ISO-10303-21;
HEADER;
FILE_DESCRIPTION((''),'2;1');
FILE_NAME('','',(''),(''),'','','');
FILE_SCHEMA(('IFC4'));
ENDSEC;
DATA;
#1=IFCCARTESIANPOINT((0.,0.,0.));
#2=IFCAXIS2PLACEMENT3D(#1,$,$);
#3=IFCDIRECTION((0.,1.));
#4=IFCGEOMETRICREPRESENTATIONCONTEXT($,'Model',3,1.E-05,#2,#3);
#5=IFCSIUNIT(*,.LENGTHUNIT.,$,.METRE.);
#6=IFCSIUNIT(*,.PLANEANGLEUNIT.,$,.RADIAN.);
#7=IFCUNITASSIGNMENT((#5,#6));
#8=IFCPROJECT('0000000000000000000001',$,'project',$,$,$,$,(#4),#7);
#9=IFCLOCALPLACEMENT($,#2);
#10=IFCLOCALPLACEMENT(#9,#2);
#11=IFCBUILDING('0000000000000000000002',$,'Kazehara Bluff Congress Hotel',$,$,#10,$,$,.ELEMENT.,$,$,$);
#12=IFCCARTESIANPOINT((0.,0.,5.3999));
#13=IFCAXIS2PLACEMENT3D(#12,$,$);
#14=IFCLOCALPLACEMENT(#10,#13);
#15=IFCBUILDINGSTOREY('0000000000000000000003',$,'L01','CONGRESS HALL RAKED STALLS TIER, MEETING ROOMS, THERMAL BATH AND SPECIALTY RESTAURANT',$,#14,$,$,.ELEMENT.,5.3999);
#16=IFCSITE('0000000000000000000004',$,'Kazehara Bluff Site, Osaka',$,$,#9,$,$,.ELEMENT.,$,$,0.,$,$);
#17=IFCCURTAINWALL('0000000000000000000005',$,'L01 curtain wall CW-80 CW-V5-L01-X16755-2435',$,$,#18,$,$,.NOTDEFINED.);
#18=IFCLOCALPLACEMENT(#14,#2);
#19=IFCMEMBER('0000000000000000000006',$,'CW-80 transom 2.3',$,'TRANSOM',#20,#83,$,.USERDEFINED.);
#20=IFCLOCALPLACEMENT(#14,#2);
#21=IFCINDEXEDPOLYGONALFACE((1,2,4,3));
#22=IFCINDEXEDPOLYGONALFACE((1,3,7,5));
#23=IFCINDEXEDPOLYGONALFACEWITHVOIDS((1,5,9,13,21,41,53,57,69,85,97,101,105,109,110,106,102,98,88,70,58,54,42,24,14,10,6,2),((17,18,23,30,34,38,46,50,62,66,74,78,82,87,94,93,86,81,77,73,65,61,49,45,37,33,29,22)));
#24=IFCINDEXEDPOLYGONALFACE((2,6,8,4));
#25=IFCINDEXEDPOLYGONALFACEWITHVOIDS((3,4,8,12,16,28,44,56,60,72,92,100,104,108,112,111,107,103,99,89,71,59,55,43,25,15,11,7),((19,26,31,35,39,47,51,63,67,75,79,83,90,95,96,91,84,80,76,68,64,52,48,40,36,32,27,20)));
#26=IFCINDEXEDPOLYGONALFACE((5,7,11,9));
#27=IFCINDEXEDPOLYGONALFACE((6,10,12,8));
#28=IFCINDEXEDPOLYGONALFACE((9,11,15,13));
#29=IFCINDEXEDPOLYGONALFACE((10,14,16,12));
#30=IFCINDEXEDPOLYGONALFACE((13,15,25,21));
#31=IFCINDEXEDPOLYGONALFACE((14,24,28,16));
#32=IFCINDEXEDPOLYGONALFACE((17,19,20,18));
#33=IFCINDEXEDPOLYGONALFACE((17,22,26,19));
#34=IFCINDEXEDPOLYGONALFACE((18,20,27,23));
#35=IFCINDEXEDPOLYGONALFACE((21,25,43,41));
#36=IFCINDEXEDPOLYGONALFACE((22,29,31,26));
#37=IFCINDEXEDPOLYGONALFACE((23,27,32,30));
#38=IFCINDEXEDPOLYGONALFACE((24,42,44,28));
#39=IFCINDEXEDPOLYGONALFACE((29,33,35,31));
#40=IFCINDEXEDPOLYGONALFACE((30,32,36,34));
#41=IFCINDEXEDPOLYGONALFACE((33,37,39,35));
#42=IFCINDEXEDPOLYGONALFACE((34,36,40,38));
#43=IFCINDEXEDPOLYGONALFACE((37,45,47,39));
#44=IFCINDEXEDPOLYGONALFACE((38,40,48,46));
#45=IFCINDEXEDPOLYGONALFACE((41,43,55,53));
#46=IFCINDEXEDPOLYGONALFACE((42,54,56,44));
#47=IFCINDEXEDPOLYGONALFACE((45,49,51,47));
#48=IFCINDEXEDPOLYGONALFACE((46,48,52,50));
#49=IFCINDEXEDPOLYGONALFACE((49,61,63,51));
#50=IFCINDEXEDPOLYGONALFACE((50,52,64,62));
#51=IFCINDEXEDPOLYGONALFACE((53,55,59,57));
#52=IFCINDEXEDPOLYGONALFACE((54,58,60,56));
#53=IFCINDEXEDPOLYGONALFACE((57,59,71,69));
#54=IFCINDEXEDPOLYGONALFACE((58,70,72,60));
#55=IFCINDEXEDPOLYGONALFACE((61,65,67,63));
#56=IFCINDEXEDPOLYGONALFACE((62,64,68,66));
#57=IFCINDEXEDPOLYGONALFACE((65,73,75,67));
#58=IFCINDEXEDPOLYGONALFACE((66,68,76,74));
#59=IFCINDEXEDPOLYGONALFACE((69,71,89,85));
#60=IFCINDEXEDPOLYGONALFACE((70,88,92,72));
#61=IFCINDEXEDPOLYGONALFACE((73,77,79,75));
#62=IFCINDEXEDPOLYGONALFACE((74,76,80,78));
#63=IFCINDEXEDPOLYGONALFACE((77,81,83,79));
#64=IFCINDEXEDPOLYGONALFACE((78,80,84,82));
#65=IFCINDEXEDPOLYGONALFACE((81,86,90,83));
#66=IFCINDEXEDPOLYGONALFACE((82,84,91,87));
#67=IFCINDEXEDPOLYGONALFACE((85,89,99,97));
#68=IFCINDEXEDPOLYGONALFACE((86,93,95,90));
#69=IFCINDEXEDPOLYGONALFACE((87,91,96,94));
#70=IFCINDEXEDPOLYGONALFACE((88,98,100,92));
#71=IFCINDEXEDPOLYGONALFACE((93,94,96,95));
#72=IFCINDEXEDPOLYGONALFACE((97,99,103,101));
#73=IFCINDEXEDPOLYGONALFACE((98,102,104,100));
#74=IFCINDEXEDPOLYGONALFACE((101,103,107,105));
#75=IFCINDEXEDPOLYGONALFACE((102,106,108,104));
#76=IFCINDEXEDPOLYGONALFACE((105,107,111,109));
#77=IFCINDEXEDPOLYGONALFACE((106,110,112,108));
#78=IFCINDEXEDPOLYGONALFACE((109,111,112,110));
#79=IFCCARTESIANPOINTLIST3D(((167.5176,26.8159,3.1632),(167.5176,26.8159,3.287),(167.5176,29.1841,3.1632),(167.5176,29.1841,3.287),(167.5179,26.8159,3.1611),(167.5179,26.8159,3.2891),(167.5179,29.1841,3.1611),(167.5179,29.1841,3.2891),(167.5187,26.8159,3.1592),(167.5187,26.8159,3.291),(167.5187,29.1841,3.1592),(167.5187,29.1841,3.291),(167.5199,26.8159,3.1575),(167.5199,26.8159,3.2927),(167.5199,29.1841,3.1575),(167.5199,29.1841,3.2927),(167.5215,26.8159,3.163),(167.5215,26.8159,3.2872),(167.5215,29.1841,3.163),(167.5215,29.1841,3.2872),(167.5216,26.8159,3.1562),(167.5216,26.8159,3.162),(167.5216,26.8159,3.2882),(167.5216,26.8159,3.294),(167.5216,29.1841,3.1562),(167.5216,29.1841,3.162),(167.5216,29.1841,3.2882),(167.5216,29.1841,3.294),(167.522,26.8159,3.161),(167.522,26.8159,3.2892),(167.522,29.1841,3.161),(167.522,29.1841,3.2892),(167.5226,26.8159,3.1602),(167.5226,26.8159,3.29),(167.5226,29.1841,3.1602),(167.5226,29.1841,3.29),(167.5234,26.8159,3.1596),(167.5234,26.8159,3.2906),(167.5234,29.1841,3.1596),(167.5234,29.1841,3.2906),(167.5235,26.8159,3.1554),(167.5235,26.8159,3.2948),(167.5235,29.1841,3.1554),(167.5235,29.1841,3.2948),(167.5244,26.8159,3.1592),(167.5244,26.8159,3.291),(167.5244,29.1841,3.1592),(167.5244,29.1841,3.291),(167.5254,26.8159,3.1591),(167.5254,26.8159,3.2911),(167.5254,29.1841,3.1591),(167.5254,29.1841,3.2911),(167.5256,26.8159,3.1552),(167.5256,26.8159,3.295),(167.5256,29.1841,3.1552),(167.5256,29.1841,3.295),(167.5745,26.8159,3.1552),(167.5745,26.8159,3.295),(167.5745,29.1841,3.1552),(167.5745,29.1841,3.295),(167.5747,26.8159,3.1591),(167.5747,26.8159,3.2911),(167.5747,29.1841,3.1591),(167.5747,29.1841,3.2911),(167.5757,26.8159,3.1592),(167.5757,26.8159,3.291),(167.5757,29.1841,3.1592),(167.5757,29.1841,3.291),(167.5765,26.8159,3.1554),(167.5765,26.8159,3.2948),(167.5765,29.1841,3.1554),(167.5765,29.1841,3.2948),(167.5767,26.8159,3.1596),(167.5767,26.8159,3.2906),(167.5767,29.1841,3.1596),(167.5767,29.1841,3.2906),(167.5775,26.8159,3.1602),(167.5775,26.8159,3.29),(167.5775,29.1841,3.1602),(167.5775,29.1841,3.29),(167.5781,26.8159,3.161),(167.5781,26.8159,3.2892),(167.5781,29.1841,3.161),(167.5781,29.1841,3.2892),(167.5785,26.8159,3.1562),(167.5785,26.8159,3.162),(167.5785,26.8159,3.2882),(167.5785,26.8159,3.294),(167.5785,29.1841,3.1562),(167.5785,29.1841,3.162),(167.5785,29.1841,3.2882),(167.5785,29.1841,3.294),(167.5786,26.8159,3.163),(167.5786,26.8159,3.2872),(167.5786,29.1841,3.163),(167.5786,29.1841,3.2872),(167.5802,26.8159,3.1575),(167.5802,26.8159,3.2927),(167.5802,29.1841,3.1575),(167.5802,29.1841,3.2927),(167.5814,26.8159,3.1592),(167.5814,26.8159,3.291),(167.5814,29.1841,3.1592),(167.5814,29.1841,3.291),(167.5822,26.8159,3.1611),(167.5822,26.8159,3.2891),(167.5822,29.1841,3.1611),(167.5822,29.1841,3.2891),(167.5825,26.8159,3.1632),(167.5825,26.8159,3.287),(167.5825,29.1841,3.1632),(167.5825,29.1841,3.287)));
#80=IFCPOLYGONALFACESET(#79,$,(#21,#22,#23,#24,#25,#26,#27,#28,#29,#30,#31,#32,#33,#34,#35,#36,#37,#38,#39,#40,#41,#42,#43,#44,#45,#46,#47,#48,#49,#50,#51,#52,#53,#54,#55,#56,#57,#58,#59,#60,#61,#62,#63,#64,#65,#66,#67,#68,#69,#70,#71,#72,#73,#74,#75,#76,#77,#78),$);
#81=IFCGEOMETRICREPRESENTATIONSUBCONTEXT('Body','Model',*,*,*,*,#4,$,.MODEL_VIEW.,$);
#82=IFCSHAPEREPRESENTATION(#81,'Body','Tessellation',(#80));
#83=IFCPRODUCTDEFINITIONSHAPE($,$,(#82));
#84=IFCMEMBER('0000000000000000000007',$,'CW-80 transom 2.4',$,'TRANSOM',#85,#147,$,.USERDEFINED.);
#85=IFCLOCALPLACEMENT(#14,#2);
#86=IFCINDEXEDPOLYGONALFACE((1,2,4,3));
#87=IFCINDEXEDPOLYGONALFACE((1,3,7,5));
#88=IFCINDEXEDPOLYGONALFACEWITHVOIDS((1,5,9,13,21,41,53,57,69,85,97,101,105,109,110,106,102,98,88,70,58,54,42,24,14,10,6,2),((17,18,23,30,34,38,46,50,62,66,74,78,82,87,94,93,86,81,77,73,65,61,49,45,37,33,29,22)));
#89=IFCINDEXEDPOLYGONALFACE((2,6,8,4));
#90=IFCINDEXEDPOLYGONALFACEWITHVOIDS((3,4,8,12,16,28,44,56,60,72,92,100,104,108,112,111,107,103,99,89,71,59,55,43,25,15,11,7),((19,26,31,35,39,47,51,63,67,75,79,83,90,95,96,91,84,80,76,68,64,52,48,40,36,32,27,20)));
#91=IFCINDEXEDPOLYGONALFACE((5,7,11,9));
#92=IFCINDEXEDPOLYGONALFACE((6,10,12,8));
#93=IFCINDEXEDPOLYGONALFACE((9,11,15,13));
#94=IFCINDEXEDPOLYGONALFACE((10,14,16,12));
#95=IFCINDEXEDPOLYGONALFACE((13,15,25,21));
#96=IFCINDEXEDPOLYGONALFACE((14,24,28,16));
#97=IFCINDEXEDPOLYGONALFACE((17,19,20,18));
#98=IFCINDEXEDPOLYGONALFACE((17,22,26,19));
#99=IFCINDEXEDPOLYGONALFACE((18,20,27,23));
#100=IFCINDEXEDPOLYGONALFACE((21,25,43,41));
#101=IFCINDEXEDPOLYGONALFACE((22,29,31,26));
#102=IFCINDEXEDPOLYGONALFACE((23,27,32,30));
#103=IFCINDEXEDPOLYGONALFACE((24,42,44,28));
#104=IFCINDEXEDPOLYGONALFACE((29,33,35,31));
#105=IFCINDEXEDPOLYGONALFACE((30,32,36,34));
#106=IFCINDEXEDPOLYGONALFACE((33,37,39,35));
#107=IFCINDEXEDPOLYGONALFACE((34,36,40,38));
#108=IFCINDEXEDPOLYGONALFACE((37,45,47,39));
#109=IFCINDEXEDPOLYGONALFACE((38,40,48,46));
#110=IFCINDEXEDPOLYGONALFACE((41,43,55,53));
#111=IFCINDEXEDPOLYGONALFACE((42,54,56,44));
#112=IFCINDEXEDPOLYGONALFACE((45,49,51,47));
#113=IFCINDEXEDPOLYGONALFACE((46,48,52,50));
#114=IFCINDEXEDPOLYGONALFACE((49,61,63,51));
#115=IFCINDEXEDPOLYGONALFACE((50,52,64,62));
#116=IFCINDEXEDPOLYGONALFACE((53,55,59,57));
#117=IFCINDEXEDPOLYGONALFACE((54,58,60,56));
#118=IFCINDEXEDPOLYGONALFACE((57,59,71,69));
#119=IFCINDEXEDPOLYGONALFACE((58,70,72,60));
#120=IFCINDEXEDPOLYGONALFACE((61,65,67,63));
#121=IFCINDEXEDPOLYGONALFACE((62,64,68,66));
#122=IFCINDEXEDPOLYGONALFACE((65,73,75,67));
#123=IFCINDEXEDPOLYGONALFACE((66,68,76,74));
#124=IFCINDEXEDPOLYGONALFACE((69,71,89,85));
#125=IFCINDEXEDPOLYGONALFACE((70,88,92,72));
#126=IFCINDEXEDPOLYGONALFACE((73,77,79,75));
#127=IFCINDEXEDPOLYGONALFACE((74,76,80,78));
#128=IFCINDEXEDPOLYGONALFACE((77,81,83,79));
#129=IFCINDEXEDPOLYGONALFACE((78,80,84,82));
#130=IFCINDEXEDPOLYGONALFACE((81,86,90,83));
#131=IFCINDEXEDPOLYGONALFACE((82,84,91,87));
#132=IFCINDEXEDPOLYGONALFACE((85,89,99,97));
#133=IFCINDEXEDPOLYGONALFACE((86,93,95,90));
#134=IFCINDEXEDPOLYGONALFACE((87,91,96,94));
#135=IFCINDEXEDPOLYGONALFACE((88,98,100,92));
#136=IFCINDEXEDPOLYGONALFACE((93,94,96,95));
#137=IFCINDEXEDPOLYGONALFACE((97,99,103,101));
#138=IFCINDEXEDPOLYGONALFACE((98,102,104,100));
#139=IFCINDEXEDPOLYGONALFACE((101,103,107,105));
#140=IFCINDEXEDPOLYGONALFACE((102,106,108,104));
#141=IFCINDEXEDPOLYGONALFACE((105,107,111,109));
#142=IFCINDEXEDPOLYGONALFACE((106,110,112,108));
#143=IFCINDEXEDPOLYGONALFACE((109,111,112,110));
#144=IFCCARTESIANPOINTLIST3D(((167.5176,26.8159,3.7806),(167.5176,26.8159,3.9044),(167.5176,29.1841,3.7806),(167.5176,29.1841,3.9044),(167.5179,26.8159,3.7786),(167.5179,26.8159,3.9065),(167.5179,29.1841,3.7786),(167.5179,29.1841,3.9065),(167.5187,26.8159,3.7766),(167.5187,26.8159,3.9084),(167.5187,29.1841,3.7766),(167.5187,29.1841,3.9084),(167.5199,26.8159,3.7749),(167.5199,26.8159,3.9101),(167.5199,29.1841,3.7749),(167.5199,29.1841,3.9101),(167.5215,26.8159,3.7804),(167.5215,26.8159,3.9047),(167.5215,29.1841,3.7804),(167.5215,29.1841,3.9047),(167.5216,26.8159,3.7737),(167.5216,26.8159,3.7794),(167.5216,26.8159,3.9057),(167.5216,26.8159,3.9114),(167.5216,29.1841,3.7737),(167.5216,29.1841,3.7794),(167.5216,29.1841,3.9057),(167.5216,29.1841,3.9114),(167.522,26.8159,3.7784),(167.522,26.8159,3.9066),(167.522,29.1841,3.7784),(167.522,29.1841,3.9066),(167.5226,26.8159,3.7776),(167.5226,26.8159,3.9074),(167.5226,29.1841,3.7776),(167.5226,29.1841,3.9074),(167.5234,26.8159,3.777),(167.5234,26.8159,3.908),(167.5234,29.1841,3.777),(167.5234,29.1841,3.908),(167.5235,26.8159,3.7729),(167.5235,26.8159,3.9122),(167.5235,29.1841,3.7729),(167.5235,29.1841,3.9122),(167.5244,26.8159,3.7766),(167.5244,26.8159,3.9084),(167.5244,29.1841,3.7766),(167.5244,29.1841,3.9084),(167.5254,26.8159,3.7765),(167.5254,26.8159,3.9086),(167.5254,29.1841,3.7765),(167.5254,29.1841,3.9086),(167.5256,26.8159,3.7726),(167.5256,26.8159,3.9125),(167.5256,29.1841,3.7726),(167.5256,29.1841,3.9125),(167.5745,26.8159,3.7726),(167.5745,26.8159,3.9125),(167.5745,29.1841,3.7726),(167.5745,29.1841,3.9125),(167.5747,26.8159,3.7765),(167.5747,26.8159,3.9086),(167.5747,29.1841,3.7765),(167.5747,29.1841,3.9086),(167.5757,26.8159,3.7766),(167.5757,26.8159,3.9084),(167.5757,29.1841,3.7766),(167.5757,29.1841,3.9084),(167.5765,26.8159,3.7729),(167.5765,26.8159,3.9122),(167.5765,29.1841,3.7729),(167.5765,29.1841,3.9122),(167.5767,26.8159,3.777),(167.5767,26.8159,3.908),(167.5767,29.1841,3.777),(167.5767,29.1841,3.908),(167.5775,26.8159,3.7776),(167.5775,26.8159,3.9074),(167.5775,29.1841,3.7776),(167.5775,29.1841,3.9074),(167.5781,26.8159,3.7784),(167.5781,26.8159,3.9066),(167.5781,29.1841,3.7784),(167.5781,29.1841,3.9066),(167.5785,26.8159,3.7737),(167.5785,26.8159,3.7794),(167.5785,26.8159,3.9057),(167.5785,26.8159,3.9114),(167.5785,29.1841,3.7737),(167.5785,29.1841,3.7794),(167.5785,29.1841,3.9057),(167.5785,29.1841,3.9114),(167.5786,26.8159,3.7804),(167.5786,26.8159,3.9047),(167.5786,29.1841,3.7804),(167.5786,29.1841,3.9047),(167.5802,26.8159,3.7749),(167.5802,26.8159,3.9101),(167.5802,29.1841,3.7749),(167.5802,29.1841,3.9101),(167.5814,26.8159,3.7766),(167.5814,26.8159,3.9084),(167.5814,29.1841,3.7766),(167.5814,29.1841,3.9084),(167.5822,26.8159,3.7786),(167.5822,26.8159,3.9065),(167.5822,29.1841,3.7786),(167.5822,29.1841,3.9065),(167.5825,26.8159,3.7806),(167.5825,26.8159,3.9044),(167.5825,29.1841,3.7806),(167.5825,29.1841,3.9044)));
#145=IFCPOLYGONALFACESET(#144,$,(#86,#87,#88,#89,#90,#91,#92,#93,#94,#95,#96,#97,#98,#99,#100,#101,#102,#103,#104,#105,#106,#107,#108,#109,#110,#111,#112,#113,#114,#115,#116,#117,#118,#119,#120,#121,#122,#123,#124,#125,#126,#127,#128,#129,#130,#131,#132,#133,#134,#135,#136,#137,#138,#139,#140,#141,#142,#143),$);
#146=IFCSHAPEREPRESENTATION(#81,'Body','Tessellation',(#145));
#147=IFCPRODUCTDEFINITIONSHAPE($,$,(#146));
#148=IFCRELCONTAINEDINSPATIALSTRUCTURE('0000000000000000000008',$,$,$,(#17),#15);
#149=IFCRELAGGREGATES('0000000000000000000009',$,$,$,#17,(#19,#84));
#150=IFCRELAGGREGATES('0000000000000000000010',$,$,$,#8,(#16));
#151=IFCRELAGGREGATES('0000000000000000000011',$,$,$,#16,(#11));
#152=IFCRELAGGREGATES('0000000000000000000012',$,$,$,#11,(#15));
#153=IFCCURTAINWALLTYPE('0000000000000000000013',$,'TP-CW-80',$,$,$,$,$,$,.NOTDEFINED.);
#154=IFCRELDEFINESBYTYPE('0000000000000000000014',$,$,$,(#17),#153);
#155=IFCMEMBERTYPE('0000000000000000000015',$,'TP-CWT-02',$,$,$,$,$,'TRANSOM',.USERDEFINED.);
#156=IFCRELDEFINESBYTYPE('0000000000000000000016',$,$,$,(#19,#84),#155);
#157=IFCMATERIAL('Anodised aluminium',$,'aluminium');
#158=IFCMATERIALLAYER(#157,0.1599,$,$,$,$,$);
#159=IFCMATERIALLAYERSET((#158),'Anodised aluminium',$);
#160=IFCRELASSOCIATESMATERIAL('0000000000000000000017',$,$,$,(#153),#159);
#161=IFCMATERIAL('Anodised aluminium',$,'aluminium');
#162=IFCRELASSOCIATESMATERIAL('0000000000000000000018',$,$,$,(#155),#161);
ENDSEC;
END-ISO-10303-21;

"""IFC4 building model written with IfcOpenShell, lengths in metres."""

from ifc_helpers import new_model, si_unit, direction, frame, origin, origin_2d, place, context, subcontext, project, spatial, hollow_rectangle, extrude, material, layer, layer_set, material_profile, profile_set, type_object, element, aggregate, save


model = new_model("IFC4")

# Units and contexts
model_context = context("Model", 3, precision=1e-05, world=origin(), true_north=direction((0.0, 1.0)))
body_context = subcontext(model_context, "Body", "Model", "MODEL_VIEW")
ifc_project = project(units=[si_unit("LENGTHUNIT", "METRE"), si_unit("PLANEANGLEUNIT", "RADIAN")], contexts=[model_context])

# Site, building, storey
site_placement = place(None, origin())
site = spatial("IfcSite", under=ifc_project, at=site_placement, Name="Kazehara Bluff Site, Osaka", CompositionType="ELEMENT", RefElevation=0.0)
building_placement = place(site_placement, origin())
building = spatial("IfcBuilding", under=site, at=building_placement, Name="Kazehara Bluff Congress Hotel", CompositionType="ELEMENT")
storey_placement = place(building_placement, frame((0.0, 0.0, 5.3999)))
storey = spatial("IfcBuildingStorey", under=building, at=storey_placement, Name="L01", Description="CONGRESS HALL RAKED STALLS TIER, MEETING ROOMS, THERMAL BATH AND SPECIALTY RESTAURANT", CompositionType="ELEMENT", Elevation=5.3999)

# Curtain wall
ifc_material_1 = material(Name="Anodised aluminium", Category="aluminium")
ifc_layer_1 = layer(ifc_material_1, 0.1599)
ifc_layer_set_1 = layer_set([ifc_layer_1], Name="Anodised aluminium")
curtain_wall_type_1 = type_object("IfcCurtainWallType", Name="TP-CW-80", PredefinedType="NOTDEFINED", material=ifc_layer_set_1)
curtain_wall_1_placement = place(storey_placement, origin())
curtain_wall_1 = element("IfcCurtainWall", 1, at=curtain_wall_1_placement, inside=storey, type_object=curtain_wall_type_1, Name="L01 curtain wall CW-80 CW-V5-L01-X16755-2435", PredefinedType="NOTDEFINED")

# Members
ifc_material_2 = material(Name="Anodised aluminium", Category="aluminium")
ifc_material_profile_1 = material_profile(ifc_material_2, hollow_rectangle(XDim=0.0649, YDim=0.1399, WallThickness=0.0039, InnerFilletRadius=0.0039, OuterFilletRadius=0.0081, at=origin_2d()))
ifc_profile_set_1 = profile_set([ifc_material_profile_1], Name="Anodised aluminium")
member_type_1 = type_object("IfcMemberType", Name="TP-CWT-02", ElementType="TRANSOM", PredefinedType="USERDEFINED", material=ifc_profile_set_1)
member_1_placement = place(storey_placement, frame((167.55, 26.8159, 3.2251), z_axis=(0.0, 1.0, 0.0), x_axis=(-1.0, 0.0, 0.0)))
member_1 = element("IfcMember", 2, at=member_1_placement, type_object=member_type_1, Name="CW-80 transom 2.3", ObjectType="TRANSOM", PredefinedType="USERDEFINED", context=body_context, shape_type="SweptSolid", body=[
    extrude(hollow_rectangle(XDim=0.0649, YDim=0.1399, WallThickness=0.0039, InnerFilletRadius=0.0039, OuterFilletRadius=0.0081, at=origin_2d()), origin(), (0.0, 0.0, 1.0), 2.3682),
])
member_2_placement = place(storey_placement, frame((167.55, 26.8159, 3.8425), z_axis=(0.0, 1.0, 0.0), x_axis=(-1.0, 0.0, 0.0)))
member_2 = element("IfcMember", 3, at=member_2_placement, type_object=member_type_1, Name="CW-80 transom 2.4", ObjectType="TRANSOM", PredefinedType="USERDEFINED", context=body_context, shape_type="SweptSolid", body=[
    extrude(hollow_rectangle(XDim=0.0649, YDim=0.1399, WallThickness=0.0039, InnerFilletRadius=0.0039, OuterFilletRadius=0.0081, at=origin_2d()), origin(), (0.0, 0.0, 1.0), 2.3682),
])

aggregate(curtain_wall_1, [member_1, member_2])

save(model, "model.ifc")
